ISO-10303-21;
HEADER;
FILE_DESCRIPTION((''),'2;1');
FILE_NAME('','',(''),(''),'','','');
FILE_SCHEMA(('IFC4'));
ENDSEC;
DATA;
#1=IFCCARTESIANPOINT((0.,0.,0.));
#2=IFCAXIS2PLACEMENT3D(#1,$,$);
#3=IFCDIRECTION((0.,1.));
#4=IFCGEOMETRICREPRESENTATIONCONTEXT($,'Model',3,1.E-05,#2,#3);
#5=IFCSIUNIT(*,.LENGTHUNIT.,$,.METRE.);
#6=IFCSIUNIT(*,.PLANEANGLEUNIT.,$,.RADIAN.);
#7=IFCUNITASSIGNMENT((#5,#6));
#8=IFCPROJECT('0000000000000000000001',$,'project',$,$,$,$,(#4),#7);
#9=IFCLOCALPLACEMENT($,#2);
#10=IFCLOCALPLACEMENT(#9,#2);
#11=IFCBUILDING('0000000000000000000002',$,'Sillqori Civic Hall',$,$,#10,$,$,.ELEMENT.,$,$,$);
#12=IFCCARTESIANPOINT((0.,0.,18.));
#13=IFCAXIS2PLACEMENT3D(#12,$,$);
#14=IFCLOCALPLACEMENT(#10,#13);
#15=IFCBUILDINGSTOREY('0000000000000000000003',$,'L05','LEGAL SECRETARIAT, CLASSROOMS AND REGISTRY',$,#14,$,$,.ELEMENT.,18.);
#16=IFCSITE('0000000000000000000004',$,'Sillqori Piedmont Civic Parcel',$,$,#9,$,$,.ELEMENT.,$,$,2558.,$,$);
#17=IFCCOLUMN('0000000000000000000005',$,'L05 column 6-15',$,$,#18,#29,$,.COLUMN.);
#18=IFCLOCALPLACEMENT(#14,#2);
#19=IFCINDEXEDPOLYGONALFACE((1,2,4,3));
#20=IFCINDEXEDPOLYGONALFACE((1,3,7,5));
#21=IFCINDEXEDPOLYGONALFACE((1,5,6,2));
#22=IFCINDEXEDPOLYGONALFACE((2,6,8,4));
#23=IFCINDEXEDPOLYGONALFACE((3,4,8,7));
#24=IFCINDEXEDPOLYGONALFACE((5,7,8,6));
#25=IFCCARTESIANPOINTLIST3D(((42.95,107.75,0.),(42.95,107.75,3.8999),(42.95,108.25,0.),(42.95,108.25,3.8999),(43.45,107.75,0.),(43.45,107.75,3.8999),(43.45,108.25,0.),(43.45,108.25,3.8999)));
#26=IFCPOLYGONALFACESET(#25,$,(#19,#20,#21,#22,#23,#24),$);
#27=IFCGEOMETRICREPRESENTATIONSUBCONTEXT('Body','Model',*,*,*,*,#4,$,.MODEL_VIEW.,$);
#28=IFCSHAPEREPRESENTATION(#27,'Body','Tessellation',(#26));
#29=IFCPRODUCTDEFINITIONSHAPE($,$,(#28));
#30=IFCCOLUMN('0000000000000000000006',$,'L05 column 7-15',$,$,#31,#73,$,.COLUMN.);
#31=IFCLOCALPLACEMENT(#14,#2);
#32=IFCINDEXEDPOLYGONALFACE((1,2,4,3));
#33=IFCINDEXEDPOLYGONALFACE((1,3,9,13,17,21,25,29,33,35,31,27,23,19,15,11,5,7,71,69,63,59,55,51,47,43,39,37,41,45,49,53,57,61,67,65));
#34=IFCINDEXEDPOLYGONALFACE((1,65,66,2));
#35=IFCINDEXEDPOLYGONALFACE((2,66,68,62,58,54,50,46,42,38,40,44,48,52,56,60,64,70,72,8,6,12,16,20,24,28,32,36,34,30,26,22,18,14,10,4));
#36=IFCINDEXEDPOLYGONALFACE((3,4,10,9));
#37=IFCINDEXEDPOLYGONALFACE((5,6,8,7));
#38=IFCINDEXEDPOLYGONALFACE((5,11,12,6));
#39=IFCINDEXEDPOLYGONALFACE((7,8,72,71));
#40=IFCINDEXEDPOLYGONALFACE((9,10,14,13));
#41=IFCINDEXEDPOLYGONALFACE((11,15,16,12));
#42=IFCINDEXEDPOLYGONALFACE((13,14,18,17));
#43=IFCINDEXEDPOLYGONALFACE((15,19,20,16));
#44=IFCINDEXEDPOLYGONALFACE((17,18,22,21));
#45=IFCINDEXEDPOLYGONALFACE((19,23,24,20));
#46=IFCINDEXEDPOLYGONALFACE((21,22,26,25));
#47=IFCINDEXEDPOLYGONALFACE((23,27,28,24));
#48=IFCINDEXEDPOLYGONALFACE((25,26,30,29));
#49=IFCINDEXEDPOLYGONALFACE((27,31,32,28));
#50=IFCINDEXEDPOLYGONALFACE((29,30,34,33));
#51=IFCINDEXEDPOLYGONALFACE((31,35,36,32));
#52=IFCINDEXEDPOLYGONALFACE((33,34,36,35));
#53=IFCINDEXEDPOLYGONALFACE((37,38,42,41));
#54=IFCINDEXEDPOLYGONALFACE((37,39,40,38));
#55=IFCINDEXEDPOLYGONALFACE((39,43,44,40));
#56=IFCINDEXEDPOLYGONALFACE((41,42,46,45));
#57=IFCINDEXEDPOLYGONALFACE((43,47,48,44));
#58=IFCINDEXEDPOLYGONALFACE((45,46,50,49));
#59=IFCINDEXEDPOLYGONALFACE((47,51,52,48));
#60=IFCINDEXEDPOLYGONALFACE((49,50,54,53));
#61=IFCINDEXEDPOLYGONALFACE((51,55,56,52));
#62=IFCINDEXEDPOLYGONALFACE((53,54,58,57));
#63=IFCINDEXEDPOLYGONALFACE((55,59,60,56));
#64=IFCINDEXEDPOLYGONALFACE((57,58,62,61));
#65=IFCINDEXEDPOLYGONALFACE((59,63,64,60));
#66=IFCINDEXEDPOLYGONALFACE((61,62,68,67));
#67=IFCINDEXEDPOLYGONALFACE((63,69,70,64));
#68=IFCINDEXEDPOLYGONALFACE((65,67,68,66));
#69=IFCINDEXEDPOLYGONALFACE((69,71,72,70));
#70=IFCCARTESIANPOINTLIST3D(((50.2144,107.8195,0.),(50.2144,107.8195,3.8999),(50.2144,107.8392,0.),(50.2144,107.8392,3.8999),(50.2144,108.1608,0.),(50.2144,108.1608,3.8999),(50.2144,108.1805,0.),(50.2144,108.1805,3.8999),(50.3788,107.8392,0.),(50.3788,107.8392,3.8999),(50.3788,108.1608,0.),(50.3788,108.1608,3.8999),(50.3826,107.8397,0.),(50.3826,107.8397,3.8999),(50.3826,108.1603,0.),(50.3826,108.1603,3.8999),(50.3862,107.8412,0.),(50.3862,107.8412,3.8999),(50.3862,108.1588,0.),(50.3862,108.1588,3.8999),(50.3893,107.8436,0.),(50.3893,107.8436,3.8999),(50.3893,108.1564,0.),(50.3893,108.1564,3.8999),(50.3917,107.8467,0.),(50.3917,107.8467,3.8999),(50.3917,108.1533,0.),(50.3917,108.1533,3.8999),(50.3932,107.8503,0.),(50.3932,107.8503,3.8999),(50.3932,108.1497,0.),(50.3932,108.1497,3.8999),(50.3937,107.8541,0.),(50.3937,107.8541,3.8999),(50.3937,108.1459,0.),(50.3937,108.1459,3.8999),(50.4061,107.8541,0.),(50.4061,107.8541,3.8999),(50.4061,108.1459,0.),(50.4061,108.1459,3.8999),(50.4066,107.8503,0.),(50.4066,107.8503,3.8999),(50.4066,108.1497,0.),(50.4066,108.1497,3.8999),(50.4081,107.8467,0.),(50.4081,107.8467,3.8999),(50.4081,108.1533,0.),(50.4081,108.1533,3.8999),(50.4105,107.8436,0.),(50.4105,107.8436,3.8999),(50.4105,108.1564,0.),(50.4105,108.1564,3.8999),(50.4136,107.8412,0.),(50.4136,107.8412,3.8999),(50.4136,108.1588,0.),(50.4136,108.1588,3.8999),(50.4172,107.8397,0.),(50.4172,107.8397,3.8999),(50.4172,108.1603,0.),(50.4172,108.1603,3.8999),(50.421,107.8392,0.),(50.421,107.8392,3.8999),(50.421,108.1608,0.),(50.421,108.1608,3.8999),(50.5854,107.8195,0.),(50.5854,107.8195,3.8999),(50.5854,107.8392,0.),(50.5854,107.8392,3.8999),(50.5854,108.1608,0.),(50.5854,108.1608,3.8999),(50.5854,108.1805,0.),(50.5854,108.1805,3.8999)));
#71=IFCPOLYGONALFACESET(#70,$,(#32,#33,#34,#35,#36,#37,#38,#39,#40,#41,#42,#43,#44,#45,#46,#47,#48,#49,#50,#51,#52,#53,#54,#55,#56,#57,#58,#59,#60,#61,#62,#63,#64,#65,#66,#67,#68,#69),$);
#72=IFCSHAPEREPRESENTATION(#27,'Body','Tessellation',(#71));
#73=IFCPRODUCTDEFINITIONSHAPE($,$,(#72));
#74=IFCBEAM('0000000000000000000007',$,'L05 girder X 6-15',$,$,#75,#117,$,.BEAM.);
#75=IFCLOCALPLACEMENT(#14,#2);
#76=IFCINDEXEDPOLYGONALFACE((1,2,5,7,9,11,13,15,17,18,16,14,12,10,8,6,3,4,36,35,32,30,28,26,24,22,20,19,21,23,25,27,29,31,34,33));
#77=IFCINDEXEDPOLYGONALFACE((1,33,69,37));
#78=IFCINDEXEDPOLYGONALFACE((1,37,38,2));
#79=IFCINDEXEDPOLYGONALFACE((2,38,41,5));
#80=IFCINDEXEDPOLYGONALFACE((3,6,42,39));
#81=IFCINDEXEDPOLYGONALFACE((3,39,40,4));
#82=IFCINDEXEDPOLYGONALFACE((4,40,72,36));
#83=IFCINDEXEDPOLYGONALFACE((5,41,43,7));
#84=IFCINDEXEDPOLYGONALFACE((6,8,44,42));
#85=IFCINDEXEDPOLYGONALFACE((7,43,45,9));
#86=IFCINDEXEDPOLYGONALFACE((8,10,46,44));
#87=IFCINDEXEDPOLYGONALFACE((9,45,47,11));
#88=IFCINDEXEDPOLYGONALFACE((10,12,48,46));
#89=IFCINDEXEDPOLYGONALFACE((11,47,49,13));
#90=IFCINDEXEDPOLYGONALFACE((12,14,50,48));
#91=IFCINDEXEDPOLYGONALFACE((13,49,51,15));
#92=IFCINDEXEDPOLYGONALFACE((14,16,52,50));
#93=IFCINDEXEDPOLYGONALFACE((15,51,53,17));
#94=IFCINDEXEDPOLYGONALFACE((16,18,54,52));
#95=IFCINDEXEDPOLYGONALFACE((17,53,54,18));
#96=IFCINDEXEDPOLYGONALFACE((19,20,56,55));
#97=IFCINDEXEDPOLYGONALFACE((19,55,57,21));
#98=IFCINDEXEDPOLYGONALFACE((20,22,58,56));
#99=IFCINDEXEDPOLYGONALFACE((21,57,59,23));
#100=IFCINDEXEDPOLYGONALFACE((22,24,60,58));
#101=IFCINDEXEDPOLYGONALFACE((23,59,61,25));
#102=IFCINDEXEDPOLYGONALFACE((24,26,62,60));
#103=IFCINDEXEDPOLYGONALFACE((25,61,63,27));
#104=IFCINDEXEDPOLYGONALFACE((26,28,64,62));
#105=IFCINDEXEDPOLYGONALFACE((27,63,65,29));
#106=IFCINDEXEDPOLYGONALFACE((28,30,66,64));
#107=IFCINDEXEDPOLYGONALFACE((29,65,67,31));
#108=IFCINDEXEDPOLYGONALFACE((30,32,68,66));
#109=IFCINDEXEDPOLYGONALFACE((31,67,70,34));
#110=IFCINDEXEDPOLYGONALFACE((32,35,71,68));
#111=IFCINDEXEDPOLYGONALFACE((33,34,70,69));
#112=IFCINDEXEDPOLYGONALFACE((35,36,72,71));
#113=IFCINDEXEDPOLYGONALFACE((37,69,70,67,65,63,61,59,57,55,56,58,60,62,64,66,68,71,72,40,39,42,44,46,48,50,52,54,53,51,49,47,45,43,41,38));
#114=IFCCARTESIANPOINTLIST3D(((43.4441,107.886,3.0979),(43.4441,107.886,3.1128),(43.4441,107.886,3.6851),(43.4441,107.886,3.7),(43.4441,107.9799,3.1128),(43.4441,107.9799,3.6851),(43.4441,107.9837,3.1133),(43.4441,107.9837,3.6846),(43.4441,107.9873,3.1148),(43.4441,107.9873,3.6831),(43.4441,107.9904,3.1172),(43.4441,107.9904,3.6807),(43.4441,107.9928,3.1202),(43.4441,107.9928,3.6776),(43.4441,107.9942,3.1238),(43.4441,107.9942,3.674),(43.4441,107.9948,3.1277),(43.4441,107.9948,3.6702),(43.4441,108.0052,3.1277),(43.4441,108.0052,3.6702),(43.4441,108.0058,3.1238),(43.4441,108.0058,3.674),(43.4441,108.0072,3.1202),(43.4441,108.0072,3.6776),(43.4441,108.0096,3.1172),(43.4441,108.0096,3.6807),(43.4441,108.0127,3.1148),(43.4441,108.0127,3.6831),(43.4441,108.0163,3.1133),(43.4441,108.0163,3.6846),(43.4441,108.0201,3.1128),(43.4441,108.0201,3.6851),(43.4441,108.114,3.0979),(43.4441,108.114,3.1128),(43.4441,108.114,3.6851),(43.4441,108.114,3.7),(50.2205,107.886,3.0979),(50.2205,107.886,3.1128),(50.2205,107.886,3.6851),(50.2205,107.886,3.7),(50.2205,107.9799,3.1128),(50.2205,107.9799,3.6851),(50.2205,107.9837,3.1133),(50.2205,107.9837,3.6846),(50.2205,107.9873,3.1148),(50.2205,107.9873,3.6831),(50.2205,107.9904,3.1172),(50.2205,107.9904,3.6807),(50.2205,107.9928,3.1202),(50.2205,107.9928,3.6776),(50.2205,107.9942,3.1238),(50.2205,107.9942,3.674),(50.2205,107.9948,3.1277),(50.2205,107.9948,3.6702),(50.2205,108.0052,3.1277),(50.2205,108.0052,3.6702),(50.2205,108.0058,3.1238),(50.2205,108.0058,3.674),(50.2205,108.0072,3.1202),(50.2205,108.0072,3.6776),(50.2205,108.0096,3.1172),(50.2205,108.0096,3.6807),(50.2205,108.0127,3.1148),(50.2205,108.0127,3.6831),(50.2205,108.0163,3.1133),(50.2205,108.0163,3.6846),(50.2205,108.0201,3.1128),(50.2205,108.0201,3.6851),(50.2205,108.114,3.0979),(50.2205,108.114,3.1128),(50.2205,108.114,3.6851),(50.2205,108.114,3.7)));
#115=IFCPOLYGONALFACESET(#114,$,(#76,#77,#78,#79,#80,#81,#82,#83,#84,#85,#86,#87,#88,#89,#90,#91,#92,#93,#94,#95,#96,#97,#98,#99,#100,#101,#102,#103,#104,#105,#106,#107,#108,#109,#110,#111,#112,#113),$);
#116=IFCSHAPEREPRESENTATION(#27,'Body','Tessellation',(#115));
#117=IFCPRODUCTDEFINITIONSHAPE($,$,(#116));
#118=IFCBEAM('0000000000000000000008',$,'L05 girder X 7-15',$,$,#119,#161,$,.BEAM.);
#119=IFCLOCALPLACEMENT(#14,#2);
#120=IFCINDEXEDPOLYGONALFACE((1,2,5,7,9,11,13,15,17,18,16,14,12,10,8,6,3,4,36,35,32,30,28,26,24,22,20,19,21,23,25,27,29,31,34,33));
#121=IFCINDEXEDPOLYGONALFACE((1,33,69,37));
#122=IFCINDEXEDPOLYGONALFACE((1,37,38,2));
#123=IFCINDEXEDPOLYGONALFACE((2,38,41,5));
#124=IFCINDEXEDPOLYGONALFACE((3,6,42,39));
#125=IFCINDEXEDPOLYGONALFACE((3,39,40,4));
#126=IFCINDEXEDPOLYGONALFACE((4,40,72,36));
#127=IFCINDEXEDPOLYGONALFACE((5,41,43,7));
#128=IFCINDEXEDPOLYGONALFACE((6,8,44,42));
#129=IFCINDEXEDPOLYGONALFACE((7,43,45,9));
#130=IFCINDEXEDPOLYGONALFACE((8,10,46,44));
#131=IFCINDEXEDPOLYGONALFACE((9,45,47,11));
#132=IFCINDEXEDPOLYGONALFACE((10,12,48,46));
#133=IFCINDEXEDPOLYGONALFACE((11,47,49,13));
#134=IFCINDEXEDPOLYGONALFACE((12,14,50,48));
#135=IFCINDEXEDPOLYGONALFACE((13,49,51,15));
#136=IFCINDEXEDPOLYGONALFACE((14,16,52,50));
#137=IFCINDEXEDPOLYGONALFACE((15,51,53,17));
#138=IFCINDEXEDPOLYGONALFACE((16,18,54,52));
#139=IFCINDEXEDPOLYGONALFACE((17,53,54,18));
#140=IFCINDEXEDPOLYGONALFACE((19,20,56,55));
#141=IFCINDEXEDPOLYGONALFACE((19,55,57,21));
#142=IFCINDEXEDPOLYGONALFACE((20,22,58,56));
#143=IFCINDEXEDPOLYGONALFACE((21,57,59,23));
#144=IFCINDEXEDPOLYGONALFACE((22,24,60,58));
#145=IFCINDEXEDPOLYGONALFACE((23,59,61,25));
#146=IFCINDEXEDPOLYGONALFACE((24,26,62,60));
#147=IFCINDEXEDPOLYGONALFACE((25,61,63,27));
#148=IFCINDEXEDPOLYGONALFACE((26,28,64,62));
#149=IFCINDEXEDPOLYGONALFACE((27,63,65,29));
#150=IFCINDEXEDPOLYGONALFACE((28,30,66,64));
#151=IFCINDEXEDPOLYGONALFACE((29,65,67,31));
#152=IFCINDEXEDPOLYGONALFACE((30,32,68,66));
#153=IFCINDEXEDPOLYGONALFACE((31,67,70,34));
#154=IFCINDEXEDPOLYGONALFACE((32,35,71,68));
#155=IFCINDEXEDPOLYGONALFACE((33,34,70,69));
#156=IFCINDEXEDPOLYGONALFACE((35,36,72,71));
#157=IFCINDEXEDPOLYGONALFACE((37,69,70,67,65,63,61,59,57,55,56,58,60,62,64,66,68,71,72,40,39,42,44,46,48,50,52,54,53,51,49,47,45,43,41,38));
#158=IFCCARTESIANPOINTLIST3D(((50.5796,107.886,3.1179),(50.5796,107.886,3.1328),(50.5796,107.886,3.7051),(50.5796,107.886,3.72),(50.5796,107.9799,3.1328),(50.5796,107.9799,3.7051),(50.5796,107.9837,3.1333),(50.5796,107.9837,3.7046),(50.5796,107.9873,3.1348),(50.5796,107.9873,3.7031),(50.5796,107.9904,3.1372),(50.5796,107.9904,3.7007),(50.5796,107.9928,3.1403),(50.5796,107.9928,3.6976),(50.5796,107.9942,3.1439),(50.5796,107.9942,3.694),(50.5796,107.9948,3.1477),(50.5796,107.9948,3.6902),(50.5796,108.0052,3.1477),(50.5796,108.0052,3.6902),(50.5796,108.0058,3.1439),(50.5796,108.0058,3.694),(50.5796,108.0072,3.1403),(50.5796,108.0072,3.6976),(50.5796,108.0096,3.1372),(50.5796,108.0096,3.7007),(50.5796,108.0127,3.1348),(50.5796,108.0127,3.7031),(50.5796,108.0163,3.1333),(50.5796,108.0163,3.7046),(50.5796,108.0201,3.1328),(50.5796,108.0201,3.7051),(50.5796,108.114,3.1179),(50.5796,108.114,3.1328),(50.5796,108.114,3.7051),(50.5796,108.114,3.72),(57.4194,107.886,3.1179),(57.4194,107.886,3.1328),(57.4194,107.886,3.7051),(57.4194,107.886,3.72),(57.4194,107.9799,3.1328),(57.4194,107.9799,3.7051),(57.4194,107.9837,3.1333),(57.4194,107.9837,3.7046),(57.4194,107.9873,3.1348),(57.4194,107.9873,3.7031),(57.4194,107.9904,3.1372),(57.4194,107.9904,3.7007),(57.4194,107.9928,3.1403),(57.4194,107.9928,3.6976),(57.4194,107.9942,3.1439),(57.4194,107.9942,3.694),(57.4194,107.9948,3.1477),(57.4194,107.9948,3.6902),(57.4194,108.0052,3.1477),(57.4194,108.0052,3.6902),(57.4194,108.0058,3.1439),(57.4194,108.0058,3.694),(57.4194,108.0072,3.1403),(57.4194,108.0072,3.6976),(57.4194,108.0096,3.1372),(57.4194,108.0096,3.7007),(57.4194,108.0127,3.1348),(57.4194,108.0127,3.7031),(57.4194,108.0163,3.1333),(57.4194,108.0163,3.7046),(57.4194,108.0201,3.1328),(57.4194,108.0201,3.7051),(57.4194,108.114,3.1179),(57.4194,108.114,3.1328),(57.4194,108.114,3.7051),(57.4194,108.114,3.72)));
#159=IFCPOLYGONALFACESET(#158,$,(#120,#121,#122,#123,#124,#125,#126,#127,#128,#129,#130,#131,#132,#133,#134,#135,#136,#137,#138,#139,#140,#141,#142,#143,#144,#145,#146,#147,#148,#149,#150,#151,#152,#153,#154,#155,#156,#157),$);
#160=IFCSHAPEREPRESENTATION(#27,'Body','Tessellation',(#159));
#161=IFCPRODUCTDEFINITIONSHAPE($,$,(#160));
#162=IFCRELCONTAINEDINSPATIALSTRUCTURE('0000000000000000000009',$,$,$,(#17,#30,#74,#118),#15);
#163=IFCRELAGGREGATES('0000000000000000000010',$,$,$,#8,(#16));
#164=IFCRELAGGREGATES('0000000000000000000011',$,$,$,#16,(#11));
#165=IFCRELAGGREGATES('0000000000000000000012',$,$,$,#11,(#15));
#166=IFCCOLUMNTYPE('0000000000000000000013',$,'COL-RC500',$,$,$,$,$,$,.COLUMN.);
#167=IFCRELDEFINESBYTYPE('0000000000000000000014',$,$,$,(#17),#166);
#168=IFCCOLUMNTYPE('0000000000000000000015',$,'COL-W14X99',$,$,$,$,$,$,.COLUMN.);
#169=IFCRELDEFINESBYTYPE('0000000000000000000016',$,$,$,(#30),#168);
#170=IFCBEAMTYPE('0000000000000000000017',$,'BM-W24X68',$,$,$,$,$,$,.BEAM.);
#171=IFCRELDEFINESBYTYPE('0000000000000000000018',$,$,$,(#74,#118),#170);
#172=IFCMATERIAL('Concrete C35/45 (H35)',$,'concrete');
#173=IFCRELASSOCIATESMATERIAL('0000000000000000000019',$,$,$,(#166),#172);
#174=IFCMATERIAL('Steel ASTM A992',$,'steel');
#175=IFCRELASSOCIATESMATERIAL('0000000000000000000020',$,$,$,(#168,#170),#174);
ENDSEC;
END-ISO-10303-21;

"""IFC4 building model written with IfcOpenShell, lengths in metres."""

from ifc_helpers import new_model, si_unit, direction, frame, origin, origin_2d, place, context, subcontext, project, spatial, rectangle, i_section, extrude, material, material_profile, profile_set, type_object, element, save


model = new_model("IFC4")

# Units and contexts
model_context = context("Model", 3, precision=1e-05, world=origin(), true_north=direction((0.0, 1.0)))
body_context = subcontext(model_context, "Body", "Model", "MODEL_VIEW")
ifc_project = project(units=[si_unit("LENGTHUNIT", "METRE"), si_unit("PLANEANGLEUNIT", "RADIAN")], contexts=[model_context])

# Site, building, storey
site_placement = place(None, origin())
site = spatial("IfcSite", under=ifc_project, at=site_placement, Name="Sillqori Piedmont Civic Parcel", CompositionType="ELEMENT", RefElevation=2558.0)
building_placement = place(site_placement, origin())
building = spatial("IfcBuilding", under=site, at=building_placement, Name="Sillqori Civic Hall", CompositionType="ELEMENT")
storey_placement = place(building_placement, frame((0.0, 0.0, 18.0)))
storey = spatial("IfcBuildingStorey", under=building, at=storey_placement, Name="L05", Description="LEGAL SECRETARIAT, CLASSROOMS AND REGISTRY", CompositionType="ELEMENT", Elevation=18.0)

# Columns
ifc_material_1 = material(Name="Concrete C35/45 (H35)", Category="concrete")
ifc_material_profile_1 = material_profile(ifc_material_1, rectangle(XDim=0.5, YDim=0.5, at=origin_2d()), Name="RC 500x500")
ifc_profile_set_1 = profile_set([ifc_material_profile_1], Name="Concrete C35/45 (H35)")
column_type_1 = type_object("IfcColumnType", Name="COL-RC500", PredefinedType="COLUMN", material=ifc_profile_set_1)
column_1_placement = place(storey_placement, frame((43.2, 108.0, 0.0), z_axis=(0.0, 0.0, 1.0), x_axis=(1.0, 0.0, 0.0)))
element("IfcColumn", 1, at=column_1_placement, inside=storey, type_object=column_type_1, Name="L05 column 6-15", PredefinedType="COLUMN", context=body_context, shape_type="SweptSolid", body=[
    extrude(rectangle(XDim=0.5, YDim=0.5, at=origin_2d()), origin(), (0.0, 0.0, 1.0), 3.8999),
])
ifc_material_2 = material(Name="Steel ASTM A992", Category="steel")
ifc_material_profile_2 = material_profile(ifc_material_2, i_section(OverallWidth=0.3711, OverallDepth=0.3611, WebThickness=0.0125, FlangeThickness=0.0198, FilletRadius=0.0149, at=origin_2d()), Name="W14X99")
ifc_profile_set_2 = profile_set([ifc_material_profile_2], Name="Steel ASTM A992")
column_type_2 = type_object("IfcColumnType", Name="COL-W14X99", PredefinedType="COLUMN", material=ifc_profile_set_2)
column_2_placement = place(storey_placement, frame((50.3999, 108.0, 0.0), z_axis=(0.0, 0.0, 1.0), x_axis=(1.0, 0.0, 0.0)))
element("IfcColumn", 2, at=column_2_placement, inside=storey, type_object=column_type_2, Name="L05 column 7-15", PredefinedType="COLUMN", context=body_context, shape_type="SweptSolid", body=[
    extrude(i_section(OverallWidth=0.3711, OverallDepth=0.3611, WebThickness=0.0125, FlangeThickness=0.0198, FilletRadius=0.0149, at=origin_2d()), origin(), (0.0, 0.0, 1.0), 3.8999),
])

# Beams
ifc_material_profile_3 = material_profile(ifc_material_2, i_section(OverallWidth=0.228, OverallDepth=0.6021, WebThickness=0.0105, FlangeThickness=0.0149, FilletRadius=0.0149, at=origin_2d()), Name="W24X68")
ifc_profile_set_3 = profile_set([ifc_material_profile_3], Name="Steel ASTM A992")
beam_type_1 = type_object("IfcBeamType", Name="BM-W24X68", PredefinedType="BEAM", material=ifc_profile_set_3)
beam_1_placement = place(storey_placement, frame((43.4441, 108.0, 3.3989), z_axis=(1.0, 0.0, 0.0), x_axis=(0.0, 1.0, 0.0)))
element("IfcBeam", 3, at=beam_1_placement, inside=storey, type_object=beam_type_1, Name="L05 girder X 6-15", PredefinedType="BEAM", context=body_context, shape_type="SweptSolid", body=[
    extrude(i_section(OverallWidth=0.228, OverallDepth=0.6021, WebThickness=0.0105, FlangeThickness=0.0149, FilletRadius=0.0149, at=origin_2d()), origin(), (0.0, 0.0, 1.0), 6.7764),
])
beam_2_placement = place(storey_placement, frame((50.5796, 108.0, 3.4189), z_axis=(1.0, 0.0, 0.0), x_axis=(0.0, 1.0, 0.0)))
element("IfcBeam", 4, at=beam_2_placement, inside=storey, type_object=beam_type_1, Name="L05 girder X 7-15", PredefinedType="BEAM", context=body_context, shape_type="SweptSolid", body=[
    extrude(i_section(OverallWidth=0.228, OverallDepth=0.6021, WebThickness=0.0105, FlangeThickness=0.0149, FilletRadius=0.0149, at=origin_2d()), origin(), (0.0, 0.0, 1.0), 6.8398),
])

save(model, "model.ifc")
